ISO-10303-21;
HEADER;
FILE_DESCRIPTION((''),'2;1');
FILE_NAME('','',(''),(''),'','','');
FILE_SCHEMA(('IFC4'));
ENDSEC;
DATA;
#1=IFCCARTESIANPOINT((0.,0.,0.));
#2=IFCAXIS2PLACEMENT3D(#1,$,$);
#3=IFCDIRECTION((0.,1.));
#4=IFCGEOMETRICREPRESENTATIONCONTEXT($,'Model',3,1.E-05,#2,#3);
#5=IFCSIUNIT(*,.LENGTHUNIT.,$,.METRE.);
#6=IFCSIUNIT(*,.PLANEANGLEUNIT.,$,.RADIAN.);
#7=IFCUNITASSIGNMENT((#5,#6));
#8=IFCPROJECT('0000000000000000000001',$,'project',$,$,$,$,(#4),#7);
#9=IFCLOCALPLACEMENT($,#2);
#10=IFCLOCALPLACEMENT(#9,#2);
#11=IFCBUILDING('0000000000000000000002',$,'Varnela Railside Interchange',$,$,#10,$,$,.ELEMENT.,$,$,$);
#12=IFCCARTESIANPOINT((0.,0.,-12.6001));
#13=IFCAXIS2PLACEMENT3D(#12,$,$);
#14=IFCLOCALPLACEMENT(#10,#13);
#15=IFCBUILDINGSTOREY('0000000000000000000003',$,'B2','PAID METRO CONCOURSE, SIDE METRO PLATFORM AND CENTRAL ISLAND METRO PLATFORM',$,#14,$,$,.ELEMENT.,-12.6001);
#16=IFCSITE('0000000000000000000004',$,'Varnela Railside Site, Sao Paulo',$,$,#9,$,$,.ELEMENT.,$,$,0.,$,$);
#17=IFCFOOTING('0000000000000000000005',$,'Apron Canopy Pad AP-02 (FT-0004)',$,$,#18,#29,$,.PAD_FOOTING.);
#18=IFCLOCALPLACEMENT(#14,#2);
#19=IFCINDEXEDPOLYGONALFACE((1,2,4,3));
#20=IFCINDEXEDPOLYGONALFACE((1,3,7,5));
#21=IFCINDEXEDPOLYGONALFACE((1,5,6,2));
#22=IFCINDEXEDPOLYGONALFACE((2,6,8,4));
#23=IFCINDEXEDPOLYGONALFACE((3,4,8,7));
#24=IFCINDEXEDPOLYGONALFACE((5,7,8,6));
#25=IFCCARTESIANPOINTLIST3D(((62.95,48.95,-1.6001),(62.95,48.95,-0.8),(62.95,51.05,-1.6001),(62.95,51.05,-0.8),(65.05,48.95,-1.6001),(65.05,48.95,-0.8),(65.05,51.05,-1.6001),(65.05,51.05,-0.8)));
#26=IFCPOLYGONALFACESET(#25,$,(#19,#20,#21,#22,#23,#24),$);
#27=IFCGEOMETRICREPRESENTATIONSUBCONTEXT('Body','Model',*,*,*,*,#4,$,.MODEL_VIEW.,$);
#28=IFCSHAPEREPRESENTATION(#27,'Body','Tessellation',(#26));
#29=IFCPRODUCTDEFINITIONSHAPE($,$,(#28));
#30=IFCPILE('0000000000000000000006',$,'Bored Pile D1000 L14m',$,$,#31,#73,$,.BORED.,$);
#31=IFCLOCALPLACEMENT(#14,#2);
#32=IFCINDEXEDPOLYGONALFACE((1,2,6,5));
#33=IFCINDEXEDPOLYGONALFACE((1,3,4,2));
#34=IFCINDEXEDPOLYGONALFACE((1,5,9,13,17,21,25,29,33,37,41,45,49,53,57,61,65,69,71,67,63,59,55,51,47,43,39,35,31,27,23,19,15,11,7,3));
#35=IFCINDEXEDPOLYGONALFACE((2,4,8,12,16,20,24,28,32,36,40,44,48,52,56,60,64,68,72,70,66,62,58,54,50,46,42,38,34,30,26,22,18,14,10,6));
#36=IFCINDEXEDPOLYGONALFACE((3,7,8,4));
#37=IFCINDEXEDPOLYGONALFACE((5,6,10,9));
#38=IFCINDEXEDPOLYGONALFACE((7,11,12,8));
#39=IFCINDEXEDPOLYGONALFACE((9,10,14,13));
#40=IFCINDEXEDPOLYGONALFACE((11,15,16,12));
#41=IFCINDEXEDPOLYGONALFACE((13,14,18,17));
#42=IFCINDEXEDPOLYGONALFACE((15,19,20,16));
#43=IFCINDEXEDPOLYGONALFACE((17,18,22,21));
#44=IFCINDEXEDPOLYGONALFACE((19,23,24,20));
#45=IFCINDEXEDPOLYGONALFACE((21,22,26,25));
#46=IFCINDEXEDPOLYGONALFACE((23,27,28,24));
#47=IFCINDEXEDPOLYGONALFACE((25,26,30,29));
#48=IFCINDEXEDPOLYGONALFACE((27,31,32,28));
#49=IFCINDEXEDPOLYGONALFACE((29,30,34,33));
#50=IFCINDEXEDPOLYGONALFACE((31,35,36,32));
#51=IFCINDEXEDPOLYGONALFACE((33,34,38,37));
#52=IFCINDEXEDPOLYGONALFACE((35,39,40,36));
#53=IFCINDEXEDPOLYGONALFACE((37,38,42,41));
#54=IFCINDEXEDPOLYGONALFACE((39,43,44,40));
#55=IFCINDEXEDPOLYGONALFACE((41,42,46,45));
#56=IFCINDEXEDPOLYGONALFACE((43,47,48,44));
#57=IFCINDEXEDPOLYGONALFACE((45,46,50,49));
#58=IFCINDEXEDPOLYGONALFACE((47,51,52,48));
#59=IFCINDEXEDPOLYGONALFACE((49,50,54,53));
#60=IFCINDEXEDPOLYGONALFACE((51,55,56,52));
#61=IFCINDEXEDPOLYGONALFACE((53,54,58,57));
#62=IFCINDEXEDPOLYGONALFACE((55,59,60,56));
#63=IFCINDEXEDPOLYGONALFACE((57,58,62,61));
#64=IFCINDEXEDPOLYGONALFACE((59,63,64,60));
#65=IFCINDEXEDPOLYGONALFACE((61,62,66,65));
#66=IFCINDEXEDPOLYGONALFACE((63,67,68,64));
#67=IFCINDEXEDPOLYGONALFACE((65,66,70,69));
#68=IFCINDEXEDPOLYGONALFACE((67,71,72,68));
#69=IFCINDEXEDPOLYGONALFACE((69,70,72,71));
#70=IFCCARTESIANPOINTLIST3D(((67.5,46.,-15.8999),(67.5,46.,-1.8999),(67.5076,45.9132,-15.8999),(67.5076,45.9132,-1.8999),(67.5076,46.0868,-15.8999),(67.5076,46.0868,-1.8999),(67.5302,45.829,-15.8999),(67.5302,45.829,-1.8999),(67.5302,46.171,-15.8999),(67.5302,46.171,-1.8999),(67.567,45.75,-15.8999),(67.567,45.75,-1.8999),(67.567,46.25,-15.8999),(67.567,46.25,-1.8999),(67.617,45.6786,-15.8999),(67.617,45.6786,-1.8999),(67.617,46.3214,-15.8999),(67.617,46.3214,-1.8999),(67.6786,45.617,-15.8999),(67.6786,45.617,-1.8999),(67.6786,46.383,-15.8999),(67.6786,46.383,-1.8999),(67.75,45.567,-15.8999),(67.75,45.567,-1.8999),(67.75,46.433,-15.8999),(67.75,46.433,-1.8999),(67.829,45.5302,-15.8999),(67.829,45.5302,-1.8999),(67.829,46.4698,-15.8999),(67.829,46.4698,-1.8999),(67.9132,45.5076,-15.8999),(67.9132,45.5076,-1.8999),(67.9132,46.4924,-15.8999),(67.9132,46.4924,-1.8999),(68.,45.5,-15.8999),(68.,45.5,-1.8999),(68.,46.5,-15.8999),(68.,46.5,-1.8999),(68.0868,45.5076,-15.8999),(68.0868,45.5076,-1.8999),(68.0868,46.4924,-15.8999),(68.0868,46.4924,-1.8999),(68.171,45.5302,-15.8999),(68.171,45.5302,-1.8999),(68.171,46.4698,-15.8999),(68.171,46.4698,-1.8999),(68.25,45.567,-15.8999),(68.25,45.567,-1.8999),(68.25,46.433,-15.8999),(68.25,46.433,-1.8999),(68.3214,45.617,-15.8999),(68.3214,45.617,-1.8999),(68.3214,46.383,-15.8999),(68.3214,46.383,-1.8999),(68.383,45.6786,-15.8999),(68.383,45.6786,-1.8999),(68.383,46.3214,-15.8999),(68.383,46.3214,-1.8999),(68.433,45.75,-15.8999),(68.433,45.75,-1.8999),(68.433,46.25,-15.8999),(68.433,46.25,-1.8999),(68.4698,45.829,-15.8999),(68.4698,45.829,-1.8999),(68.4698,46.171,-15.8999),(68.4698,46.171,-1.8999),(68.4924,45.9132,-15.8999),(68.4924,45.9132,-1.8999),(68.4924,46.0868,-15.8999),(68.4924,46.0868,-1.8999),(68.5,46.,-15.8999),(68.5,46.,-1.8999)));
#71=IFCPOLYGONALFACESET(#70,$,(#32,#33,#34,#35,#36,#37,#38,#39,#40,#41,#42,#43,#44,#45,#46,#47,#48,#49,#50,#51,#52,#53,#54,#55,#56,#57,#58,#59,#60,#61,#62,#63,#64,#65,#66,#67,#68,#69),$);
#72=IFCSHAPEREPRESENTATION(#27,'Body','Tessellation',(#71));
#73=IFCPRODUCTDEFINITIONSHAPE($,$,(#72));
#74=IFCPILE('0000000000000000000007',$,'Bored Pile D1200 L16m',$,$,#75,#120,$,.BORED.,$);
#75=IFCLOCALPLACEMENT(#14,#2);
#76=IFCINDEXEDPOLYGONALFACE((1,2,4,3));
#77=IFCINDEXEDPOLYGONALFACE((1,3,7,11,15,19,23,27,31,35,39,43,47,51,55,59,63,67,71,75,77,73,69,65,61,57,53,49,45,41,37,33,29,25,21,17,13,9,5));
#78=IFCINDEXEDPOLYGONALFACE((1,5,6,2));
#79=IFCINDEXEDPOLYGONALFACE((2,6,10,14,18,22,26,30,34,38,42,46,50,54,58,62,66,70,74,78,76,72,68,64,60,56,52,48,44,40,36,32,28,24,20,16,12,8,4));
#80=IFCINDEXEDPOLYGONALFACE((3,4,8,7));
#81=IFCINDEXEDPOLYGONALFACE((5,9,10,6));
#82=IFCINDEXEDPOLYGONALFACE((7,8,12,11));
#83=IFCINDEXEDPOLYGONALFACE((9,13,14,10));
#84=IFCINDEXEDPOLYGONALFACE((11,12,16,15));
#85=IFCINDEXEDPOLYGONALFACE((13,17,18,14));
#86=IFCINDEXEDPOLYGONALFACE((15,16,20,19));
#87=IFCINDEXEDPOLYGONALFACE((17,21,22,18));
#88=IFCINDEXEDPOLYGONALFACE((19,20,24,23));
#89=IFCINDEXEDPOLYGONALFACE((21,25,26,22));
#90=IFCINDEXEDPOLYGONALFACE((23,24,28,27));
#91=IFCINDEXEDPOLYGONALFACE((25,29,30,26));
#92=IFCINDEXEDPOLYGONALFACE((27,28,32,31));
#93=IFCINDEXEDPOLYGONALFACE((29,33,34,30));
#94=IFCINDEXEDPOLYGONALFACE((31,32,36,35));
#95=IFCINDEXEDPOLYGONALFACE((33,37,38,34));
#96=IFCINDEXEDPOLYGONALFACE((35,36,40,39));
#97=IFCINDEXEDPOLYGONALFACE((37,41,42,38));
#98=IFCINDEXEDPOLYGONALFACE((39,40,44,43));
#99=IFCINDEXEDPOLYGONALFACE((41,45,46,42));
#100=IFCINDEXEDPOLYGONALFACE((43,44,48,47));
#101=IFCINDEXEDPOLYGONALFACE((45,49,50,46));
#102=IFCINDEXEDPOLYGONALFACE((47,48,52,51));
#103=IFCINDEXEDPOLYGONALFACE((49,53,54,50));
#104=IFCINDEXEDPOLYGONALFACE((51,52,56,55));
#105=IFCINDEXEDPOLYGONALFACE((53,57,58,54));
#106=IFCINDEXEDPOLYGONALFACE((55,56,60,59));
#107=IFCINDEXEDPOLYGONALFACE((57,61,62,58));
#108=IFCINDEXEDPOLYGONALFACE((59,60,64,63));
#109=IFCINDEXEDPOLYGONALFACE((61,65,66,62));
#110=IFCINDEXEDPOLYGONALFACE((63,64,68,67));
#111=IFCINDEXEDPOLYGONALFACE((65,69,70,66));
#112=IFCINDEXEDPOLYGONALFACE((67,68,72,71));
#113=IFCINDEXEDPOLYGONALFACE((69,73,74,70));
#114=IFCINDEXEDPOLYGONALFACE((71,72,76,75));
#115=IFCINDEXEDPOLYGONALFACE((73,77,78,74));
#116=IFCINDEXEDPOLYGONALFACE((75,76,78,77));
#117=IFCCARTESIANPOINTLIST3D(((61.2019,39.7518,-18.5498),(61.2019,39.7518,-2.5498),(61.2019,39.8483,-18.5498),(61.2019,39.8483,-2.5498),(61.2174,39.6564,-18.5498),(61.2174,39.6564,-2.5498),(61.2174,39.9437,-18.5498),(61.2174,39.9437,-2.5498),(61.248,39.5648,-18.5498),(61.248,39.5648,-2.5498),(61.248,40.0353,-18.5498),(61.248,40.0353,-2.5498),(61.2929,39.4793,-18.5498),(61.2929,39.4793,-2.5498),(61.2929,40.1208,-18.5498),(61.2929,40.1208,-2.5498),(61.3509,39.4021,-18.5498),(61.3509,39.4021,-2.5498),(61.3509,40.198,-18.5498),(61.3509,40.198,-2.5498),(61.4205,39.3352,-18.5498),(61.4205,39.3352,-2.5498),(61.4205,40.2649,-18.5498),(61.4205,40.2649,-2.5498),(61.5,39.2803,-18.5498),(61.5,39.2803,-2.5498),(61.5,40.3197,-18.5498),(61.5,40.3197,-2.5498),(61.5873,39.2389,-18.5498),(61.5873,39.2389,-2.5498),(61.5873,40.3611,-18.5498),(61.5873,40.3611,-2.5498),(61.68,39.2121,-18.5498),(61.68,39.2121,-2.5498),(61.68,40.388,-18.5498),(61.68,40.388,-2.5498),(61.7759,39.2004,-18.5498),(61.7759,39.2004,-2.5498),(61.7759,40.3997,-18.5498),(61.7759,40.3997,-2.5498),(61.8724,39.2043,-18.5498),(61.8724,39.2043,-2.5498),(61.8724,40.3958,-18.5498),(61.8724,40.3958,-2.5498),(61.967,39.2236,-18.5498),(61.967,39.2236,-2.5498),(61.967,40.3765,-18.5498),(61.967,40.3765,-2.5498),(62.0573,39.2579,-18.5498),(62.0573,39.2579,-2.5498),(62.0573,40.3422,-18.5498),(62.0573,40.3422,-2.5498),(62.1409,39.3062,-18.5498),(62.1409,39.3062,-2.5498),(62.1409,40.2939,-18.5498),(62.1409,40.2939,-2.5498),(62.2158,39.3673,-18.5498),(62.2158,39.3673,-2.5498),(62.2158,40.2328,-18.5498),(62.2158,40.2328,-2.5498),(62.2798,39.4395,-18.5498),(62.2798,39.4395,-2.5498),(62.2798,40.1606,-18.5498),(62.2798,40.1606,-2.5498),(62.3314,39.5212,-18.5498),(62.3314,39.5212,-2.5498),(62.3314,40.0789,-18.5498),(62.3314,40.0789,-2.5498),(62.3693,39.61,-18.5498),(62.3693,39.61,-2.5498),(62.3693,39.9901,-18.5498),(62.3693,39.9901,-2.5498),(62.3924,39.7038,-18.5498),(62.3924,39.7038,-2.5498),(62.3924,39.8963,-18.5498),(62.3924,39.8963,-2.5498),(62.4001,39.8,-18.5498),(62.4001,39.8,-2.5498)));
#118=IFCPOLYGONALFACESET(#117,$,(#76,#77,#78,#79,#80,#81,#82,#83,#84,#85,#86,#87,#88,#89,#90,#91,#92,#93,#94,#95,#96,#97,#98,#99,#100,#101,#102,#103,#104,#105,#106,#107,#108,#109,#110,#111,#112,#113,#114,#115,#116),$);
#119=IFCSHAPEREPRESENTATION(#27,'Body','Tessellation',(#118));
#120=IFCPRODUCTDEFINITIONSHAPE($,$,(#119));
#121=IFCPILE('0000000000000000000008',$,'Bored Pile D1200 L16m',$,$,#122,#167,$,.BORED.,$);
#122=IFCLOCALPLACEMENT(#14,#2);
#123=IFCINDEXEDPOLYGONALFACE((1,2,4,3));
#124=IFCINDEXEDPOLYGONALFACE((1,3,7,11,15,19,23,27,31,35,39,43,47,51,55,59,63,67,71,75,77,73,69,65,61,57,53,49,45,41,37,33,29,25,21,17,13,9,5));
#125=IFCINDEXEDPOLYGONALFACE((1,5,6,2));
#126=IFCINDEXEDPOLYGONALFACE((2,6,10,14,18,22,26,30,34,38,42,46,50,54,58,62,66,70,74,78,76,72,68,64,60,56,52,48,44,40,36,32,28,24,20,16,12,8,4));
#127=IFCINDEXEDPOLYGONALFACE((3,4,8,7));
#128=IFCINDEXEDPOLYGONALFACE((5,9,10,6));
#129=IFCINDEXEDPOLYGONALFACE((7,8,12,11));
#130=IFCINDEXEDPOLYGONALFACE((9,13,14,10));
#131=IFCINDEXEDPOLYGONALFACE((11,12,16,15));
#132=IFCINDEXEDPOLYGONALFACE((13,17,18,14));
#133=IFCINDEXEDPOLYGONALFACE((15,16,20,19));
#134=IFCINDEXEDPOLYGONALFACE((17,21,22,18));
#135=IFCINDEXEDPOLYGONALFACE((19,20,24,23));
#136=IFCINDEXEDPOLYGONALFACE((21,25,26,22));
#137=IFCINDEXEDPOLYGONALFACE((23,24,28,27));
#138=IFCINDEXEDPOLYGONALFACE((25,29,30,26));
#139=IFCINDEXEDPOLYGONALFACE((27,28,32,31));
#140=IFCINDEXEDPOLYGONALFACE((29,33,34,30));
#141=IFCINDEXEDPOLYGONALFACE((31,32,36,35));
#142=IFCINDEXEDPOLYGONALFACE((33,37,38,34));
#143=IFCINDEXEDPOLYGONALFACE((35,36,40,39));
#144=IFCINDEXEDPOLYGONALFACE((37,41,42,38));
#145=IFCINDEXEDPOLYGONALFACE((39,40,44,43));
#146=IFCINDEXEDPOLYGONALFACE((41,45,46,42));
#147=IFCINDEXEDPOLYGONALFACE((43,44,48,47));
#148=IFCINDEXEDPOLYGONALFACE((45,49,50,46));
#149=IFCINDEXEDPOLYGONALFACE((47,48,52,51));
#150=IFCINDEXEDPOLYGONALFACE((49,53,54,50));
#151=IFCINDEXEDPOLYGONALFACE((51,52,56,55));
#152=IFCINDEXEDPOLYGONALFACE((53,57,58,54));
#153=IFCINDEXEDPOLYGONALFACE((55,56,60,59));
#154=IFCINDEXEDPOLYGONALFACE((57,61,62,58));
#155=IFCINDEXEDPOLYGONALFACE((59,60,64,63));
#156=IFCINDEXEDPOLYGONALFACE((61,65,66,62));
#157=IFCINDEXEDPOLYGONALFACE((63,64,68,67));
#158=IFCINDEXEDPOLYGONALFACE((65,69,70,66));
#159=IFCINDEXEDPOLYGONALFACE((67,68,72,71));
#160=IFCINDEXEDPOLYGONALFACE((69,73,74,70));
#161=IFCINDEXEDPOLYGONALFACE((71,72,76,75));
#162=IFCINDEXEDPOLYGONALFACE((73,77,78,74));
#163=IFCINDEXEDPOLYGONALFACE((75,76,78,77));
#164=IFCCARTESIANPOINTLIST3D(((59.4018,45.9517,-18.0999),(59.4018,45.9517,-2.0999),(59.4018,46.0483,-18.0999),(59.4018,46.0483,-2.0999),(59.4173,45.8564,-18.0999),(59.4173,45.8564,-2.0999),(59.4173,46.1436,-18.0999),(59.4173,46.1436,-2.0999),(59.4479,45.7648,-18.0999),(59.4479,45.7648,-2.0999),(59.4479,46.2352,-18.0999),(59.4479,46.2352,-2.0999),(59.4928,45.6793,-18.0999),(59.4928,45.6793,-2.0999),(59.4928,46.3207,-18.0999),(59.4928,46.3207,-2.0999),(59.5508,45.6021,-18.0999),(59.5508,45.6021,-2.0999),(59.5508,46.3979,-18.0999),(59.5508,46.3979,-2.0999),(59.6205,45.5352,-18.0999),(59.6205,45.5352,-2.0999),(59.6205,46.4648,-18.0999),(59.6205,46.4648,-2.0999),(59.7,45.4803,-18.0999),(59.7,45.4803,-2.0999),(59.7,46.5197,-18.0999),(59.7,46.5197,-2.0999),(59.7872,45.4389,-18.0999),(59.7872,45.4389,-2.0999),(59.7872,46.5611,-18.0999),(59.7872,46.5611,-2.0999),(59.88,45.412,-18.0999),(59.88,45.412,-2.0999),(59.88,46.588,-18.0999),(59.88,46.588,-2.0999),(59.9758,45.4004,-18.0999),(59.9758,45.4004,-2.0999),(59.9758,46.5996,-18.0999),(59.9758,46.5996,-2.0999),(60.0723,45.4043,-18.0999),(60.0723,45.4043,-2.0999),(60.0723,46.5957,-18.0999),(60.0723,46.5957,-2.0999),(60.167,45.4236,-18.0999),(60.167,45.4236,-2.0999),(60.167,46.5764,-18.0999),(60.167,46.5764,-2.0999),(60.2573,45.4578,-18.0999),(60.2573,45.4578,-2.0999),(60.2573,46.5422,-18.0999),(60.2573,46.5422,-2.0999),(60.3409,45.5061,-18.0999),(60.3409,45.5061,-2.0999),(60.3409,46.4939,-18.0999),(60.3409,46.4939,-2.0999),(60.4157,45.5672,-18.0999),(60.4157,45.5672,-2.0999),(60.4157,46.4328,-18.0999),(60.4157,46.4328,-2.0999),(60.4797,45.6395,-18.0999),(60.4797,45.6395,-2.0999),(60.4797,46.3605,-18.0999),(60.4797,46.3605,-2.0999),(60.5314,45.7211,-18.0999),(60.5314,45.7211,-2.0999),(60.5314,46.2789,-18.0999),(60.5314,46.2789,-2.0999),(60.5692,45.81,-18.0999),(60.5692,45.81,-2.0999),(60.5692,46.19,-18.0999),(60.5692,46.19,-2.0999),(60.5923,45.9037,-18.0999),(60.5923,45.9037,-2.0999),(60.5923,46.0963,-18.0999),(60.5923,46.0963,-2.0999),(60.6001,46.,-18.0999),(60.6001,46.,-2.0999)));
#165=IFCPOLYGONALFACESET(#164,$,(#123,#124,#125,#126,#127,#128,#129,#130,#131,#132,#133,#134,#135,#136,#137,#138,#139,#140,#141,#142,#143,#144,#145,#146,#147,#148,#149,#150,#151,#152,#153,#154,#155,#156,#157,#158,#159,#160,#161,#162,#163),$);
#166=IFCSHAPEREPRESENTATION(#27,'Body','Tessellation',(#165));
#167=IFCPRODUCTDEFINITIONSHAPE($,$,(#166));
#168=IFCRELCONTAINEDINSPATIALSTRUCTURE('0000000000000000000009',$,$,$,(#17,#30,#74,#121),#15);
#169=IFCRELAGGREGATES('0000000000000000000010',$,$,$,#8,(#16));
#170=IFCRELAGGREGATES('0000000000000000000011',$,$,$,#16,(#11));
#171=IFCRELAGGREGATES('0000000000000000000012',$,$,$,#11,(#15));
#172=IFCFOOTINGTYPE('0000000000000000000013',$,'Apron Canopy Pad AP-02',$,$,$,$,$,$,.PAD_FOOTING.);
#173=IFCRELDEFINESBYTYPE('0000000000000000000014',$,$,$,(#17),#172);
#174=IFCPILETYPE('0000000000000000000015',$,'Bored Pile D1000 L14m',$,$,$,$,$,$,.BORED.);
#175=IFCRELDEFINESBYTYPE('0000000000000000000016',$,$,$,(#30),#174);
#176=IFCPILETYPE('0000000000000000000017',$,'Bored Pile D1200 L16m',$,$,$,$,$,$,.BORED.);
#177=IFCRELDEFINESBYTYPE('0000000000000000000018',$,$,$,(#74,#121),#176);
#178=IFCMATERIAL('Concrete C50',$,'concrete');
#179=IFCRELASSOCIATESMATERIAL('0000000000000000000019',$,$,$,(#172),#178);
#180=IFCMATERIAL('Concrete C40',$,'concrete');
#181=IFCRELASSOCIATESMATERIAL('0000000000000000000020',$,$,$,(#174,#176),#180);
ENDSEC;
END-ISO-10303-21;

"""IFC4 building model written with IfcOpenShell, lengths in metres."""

from ifc_helpers import new_model, si_unit, direction, frame, origin, origin_2d, place, context, subcontext, project, spatial, rectangle, circle, extrude, material, material_profile, profile_set, type_object, element, save


model = new_model("IFC4")

# Units and contexts
model_context = context("Model", 3, precision=1e-05, world=origin(), true_north=direction((0.0, 1.0)))
body_context = subcontext(model_context, "Body", "Model", "MODEL_VIEW")
ifc_project = project(units=[si_unit("LENGTHUNIT", "METRE"), si_unit("PLANEANGLEUNIT", "RADIAN")], contexts=[model_context])

# Site, building, storey
site_placement = place(None, origin())
site = spatial("IfcSite", under=ifc_project, at=site_placement, Name="Varnela Railside Site, Sao Paulo", CompositionType="ELEMENT", RefElevation=0.0)
building_placement = place(site_placement, origin())
building = spatial("IfcBuilding", under=site, at=building_placement, Name="Varnela Railside Interchange", CompositionType="ELEMENT")
storey_placement = place(building_placement, frame((0.0, 0.0, -12.6001)))
storey = spatial("IfcBuildingStorey", under=building, at=storey_placement, Name="B2", Description="PAID METRO CONCOURSE, SIDE METRO PLATFORM AND CENTRAL ISLAND METRO PLATFORM", CompositionType="ELEMENT", Elevation=-12.6001)

# Footing
ifc_material_1 = material(Name="Concrete C50", Category="concrete")
footing_type_1 = type_object("IfcFootingType", Name="Apron Canopy Pad AP-02", PredefinedType="PAD_FOOTING", material=ifc_material_1)
footing_1_placement = place(storey_placement, frame((64.0, 50.0, -1.6001), z_axis=(0.0, 0.0, 1.0), x_axis=(1.0, 0.0, 0.0)))
element("IfcFooting", 1, at=footing_1_placement, inside=storey, type_object=footing_type_1, Name="Apron Canopy Pad AP-02 (FT-0004)", PredefinedType="PAD_FOOTING", context=body_context, shape_type="SweptSolid", body=[
    extrude(rectangle(XDim=2.1001, YDim=2.1001, at=origin_2d()), origin(), (0.0, 0.0, 1.0), 0.8),
])

# Piles
ifc_material_2 = material(Name="Concrete C40", Category="concrete")
ifc_material_profile_1 = material_profile(ifc_material_2, circle(Radius=0.5, at=origin_2d()), Name="BORED PILE D1000")
ifc_profile_set_1 = profile_set([ifc_material_profile_1], Name="Concrete C40")
pile_type_1 = type_object("IfcPileType", Name="Bored Pile D1000 L14m", PredefinedType="BORED", material=ifc_profile_set_1)
pile_placement = place(storey_placement, frame((68.0, 46.0, -1.8999), z_axis=(0.0, 0.0, -1.0), x_axis=(1.0, 0.0, 0.0)))
element("IfcPile", 2, at=pile_placement, inside=storey, type_object=pile_type_1, Name="Bored Pile D1000 L14m", PredefinedType="BORED", context=body_context, shape_type="SweptSolid", body=[
    extrude(circle(Radius=0.5, at=origin_2d()), origin(), (0.0, 0.0, 1.0), 14.0),
])
ifc_material_profile_2 = material_profile(ifc_material_2, circle(Radius=0.6001, at=origin_2d()), Name="BORED PILE D1200")
ifc_profile_set_2 = profile_set([ifc_material_profile_2], Name="Concrete C40")
pile_type_2 = type_object("IfcPileType", Name="Bored Pile D1200 L16m", PredefinedType="BORED", material=ifc_profile_set_2)
for number, where, z_axis, x_axis, name in (
    (3, (61.8, 39.8, -2.5498), (0.0, 0.0, -1.0), (1.0, 0.0, 0.0), "Bored Pile D1200 L16m"),
    (4, (60.0, 46.0, -2.0999), (0.0, 0.0, -1.0), (1.0, 0.0, 0.0), "Bored Pile D1200 L16m"),
):
    element("IfcPile", number, at=place(storey_placement, frame(where, z_axis=z_axis, x_axis=x_axis)), inside=storey, type_object=pile_type_2, Name=name, PredefinedType="BORED", context=body_context, shape_type="SweptSolid", body=[
        extrude(circle(Radius=0.6001, at=origin_2d()), origin(), (0.0, 0.0, 1.0), 16.0),
    ])

save(model, "model.ifc")
